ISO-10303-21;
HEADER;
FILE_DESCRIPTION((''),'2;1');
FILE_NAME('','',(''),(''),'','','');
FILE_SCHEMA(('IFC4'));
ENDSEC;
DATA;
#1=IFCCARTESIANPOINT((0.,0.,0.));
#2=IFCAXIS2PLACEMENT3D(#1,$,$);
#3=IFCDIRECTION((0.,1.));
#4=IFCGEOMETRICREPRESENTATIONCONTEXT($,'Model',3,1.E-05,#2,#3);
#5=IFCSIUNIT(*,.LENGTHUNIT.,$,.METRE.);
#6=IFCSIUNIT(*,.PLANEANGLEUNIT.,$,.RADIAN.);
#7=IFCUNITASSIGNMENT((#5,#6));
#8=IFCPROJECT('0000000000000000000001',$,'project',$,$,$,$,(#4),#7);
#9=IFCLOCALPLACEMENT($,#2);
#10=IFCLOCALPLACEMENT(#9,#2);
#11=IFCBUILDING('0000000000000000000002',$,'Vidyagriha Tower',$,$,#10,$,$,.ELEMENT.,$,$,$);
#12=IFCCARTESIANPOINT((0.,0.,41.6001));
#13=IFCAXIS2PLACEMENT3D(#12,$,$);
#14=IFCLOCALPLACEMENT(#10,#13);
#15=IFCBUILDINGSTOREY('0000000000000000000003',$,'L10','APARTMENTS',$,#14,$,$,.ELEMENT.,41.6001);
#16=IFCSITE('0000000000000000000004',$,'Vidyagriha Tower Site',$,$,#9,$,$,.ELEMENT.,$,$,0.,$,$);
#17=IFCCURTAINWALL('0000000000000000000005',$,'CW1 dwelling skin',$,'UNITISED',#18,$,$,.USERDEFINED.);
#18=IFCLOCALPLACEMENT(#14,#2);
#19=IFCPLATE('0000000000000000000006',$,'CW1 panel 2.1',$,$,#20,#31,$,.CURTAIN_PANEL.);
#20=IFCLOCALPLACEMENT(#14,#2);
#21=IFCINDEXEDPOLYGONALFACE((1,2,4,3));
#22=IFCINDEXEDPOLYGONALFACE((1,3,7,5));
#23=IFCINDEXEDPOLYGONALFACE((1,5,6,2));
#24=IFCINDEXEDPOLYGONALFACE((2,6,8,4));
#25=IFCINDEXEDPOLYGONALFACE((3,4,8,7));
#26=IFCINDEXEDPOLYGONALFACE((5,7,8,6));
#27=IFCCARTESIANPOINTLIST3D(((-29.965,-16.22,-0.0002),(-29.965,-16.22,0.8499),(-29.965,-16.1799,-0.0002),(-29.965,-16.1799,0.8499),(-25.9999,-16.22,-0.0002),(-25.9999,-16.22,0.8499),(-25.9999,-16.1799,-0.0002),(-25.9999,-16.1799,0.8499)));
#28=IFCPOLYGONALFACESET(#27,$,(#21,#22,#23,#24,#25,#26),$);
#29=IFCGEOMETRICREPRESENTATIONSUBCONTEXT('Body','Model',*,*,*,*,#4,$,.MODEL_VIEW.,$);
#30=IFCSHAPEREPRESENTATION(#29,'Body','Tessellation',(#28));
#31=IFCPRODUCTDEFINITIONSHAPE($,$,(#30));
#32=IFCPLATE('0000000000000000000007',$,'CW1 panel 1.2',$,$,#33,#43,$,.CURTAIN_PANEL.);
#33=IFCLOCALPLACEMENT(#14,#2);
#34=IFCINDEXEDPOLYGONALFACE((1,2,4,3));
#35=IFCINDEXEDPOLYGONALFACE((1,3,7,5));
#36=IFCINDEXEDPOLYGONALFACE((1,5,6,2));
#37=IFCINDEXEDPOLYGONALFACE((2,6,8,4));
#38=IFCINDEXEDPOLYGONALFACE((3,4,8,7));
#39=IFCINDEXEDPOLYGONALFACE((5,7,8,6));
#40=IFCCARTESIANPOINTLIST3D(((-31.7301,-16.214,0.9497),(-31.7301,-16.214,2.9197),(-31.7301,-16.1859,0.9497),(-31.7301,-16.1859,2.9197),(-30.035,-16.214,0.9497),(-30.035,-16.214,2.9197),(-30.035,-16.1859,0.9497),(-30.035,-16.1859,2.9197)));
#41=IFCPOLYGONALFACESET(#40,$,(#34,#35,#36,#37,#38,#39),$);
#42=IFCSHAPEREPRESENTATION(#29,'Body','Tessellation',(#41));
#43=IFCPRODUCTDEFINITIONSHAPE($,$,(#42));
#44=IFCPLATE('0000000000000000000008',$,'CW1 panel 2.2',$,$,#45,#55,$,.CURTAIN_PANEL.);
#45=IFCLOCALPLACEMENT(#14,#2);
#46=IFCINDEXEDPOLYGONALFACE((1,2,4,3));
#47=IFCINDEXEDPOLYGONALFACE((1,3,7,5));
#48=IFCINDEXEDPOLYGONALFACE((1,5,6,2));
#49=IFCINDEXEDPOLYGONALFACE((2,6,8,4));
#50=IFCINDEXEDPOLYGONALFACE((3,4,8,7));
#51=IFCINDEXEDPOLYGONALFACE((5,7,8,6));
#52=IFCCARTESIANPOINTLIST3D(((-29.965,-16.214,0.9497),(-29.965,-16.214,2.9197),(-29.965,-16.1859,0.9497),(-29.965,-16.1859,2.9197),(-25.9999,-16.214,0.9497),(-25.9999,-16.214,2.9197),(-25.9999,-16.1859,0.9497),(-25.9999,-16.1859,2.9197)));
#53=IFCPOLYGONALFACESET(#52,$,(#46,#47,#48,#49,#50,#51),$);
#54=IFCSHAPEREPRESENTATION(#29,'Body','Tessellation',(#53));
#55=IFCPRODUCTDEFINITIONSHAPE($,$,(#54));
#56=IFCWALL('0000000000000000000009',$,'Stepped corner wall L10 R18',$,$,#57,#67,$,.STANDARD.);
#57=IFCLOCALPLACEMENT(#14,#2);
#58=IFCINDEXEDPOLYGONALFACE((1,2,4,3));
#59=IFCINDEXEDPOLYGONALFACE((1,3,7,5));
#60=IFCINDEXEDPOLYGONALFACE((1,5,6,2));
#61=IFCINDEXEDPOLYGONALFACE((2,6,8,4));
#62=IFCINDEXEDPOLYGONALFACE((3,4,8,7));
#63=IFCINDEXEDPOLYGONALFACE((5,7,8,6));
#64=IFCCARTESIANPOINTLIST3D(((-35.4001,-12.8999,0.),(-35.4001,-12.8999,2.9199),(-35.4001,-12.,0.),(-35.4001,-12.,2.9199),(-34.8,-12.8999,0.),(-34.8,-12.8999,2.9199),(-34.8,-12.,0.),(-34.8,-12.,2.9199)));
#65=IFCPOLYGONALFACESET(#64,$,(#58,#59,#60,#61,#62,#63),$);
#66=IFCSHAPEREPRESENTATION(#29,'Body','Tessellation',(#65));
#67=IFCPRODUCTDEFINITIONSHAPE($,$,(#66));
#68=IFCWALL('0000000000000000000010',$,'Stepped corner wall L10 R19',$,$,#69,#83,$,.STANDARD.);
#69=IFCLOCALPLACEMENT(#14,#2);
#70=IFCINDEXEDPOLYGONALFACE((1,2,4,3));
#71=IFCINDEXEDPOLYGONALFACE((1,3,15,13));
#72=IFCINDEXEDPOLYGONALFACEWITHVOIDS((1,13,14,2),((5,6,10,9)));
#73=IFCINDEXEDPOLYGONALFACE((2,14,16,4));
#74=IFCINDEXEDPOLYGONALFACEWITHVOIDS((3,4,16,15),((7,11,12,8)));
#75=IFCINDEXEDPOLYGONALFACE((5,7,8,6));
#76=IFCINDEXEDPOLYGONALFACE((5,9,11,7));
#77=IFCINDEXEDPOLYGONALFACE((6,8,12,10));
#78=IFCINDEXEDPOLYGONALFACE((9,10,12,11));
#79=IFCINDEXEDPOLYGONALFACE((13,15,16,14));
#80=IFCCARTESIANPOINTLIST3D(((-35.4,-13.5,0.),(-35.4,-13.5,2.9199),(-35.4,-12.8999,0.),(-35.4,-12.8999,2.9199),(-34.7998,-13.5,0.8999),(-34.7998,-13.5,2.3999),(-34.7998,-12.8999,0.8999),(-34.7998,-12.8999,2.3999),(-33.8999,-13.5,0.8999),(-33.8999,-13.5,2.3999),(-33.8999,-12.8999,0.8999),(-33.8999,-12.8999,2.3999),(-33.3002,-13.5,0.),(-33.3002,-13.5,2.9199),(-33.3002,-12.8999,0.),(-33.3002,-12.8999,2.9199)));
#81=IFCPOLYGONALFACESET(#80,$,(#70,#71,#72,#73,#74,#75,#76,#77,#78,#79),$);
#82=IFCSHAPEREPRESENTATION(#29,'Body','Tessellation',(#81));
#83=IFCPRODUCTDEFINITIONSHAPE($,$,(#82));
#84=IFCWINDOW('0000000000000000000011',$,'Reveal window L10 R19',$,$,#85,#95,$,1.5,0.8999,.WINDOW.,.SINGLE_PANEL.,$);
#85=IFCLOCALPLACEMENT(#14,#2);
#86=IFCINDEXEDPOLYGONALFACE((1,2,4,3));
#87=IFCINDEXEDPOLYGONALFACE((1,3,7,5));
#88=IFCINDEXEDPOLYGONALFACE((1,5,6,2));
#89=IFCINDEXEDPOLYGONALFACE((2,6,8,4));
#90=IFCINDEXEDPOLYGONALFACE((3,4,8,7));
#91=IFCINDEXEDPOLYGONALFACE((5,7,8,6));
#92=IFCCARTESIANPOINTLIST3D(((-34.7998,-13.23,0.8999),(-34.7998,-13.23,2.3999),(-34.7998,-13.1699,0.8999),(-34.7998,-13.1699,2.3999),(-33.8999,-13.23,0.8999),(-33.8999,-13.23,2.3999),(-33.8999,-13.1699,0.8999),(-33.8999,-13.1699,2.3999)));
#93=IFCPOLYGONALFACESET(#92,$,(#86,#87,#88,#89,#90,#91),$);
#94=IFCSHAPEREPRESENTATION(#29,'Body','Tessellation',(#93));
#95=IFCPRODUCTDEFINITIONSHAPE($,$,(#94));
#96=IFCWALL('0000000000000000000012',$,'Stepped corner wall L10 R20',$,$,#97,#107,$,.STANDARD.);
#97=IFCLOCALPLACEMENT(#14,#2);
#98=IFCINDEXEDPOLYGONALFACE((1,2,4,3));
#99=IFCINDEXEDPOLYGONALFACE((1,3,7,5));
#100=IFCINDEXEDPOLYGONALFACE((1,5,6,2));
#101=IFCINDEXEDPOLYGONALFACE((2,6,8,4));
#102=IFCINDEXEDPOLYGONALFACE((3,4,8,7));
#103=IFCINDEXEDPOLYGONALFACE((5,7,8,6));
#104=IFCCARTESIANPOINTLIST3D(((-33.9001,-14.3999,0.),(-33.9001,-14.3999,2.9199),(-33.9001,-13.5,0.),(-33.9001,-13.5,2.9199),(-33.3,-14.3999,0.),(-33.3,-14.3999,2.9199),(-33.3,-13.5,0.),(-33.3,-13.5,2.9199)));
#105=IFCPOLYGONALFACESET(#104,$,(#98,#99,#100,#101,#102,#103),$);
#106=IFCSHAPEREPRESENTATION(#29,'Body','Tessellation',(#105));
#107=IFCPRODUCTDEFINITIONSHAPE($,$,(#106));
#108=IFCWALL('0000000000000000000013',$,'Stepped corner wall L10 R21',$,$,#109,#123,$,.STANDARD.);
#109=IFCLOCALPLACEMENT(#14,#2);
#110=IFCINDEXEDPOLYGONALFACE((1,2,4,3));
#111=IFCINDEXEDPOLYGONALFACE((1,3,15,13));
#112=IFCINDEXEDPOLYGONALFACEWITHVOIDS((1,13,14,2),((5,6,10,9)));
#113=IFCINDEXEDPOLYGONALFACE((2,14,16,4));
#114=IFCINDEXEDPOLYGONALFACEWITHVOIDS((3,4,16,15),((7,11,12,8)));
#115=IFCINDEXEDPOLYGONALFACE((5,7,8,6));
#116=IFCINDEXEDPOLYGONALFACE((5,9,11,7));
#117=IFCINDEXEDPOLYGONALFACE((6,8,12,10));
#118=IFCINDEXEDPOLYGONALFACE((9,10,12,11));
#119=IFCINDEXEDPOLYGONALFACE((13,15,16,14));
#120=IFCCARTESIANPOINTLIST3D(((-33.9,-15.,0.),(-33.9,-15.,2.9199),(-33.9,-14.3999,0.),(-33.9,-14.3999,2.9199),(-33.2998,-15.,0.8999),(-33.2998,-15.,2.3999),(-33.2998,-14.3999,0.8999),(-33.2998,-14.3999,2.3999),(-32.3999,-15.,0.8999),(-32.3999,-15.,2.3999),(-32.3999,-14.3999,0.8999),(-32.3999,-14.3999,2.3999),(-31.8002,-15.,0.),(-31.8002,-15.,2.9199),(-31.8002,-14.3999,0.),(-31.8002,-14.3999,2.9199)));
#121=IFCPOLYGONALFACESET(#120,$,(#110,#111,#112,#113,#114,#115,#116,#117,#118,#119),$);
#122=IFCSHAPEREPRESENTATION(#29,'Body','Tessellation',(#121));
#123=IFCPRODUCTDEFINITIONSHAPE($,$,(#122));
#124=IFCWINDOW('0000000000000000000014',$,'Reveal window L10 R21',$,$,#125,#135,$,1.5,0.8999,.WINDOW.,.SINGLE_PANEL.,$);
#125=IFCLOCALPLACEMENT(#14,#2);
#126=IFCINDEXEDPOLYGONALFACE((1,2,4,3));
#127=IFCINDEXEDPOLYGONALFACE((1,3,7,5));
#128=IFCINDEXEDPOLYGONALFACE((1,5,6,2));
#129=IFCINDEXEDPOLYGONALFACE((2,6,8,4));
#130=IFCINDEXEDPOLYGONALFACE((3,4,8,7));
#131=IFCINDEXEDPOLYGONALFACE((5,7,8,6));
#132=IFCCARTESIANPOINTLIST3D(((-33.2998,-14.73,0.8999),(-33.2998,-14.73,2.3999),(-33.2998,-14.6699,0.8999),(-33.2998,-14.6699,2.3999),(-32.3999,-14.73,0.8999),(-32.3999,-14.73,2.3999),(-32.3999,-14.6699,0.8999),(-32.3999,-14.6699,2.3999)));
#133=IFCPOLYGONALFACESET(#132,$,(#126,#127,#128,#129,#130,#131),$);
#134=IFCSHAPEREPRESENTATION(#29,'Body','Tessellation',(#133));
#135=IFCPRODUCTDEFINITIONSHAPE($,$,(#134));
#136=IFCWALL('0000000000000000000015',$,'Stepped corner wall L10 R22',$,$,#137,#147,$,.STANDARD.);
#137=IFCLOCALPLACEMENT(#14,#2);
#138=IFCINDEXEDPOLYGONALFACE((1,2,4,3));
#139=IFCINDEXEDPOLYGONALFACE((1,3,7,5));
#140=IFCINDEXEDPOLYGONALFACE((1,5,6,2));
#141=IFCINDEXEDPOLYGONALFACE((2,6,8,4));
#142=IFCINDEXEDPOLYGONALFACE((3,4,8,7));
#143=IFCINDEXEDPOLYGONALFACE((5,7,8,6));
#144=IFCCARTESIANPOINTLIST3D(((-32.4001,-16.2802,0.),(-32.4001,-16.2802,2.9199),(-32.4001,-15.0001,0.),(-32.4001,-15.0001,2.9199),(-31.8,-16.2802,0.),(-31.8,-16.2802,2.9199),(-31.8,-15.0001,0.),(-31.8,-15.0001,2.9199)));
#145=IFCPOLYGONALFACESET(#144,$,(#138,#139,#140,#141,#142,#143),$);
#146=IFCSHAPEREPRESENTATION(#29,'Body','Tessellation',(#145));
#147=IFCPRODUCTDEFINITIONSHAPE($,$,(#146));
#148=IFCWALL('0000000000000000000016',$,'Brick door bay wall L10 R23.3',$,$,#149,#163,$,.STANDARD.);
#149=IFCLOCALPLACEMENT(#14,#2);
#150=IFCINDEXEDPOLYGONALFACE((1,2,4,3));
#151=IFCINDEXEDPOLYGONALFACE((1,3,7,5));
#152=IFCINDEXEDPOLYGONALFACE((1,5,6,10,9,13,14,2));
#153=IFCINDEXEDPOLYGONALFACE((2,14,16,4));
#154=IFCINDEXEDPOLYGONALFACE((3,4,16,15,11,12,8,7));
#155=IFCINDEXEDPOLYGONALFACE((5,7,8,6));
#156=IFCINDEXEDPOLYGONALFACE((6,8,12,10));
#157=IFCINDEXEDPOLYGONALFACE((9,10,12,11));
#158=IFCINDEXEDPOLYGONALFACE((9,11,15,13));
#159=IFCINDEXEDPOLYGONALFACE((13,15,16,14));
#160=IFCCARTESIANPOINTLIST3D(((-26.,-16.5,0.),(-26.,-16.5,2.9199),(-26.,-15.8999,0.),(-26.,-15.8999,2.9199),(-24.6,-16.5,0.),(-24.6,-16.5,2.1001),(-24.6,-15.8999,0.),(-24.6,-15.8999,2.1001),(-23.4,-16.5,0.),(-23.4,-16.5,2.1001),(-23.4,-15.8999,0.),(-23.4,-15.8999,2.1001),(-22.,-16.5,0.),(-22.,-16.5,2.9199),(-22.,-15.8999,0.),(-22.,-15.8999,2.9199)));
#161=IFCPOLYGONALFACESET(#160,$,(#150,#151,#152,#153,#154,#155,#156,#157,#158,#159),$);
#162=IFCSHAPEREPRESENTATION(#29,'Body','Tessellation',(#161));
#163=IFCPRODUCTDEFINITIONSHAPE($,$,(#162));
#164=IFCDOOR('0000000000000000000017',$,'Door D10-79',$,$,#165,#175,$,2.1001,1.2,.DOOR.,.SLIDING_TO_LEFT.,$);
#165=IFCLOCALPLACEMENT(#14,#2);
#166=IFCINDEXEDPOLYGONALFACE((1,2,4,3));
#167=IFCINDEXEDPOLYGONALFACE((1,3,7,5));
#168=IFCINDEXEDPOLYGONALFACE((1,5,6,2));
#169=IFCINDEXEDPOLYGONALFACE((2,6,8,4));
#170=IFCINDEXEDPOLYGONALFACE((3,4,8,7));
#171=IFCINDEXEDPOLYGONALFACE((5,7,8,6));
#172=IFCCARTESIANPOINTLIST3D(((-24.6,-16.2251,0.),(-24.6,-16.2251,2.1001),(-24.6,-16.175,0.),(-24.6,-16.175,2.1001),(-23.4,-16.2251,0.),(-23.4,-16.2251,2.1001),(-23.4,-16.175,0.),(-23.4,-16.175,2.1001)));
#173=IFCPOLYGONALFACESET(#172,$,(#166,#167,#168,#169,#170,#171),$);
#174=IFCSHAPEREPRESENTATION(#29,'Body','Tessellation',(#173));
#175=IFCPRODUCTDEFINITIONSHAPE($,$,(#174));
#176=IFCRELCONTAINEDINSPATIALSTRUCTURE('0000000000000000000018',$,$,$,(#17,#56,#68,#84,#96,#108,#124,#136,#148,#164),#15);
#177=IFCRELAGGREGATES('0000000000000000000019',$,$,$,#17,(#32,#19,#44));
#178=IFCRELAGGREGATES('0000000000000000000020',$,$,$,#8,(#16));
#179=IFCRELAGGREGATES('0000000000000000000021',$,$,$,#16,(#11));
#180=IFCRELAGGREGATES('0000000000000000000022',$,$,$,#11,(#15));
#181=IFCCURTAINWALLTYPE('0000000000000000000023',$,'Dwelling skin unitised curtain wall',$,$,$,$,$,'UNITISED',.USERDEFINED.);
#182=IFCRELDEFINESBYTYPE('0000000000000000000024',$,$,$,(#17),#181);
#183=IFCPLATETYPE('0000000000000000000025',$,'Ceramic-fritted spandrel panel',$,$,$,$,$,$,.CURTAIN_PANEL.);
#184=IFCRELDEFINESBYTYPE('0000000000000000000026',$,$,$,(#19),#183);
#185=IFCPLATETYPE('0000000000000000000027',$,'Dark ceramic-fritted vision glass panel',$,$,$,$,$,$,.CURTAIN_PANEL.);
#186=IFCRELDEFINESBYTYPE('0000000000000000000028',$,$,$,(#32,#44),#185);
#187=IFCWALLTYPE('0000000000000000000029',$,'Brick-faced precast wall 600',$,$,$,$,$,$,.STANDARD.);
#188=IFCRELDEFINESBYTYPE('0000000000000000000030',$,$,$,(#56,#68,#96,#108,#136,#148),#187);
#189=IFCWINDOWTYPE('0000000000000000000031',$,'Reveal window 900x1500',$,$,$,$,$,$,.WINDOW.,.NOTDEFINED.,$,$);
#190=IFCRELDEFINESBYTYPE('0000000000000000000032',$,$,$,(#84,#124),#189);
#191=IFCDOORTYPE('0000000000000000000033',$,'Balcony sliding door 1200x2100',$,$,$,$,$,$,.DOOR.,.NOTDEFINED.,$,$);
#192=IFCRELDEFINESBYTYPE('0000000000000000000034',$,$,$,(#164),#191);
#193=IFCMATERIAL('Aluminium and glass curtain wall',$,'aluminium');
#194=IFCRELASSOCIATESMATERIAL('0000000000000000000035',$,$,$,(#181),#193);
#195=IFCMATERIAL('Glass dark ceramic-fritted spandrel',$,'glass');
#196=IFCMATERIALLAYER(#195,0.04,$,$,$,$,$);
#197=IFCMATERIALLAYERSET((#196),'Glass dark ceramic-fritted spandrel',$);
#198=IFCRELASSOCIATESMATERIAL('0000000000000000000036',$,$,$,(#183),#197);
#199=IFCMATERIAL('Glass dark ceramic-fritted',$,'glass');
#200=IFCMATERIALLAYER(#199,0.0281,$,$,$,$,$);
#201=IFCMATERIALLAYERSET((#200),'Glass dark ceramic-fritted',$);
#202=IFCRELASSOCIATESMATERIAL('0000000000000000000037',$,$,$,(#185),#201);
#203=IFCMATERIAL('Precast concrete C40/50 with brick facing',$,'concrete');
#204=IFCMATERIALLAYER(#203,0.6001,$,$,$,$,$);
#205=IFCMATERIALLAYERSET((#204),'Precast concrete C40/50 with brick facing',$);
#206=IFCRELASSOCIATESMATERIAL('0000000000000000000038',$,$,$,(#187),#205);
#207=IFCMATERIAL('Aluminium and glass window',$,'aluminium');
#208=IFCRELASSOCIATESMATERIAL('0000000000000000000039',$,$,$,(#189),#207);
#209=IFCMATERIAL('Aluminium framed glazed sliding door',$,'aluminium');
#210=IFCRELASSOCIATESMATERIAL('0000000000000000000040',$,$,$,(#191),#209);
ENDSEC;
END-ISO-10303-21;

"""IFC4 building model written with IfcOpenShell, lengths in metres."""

from ifc_helpers import new_model, si_unit, direction, frame, frame_2d, origin, origin_2d, place, context, subcontext, project, spatial, rectangle, extrude, material, layer, layer_set, type_object, element, fill, aggregate, save


model = new_model("IFC4")

# Units and contexts
model_context = context("Model", 3, precision=1e-05, world=origin(), true_north=direction((0.0, 1.0)))
body_context = subcontext(model_context, "Body", "Model", "MODEL_VIEW")
ifc_project = project(units=[si_unit("LENGTHUNIT", "METRE"), si_unit("PLANEANGLEUNIT", "RADIAN")], contexts=[model_context])

# Site, building, storey
site_placement = place(None, origin())
site = spatial("IfcSite", under=ifc_project, at=site_placement, Name="Vidyagriha Tower Site", CompositionType="ELEMENT", RefElevation=0.0)
building_placement = place(site_placement, origin())
building = spatial("IfcBuilding", under=site, at=building_placement, Name="Vidyagriha Tower", CompositionType="ELEMENT")
storey_placement = place(building_placement, frame((0.0, 0.0, 41.6001)))
storey = spatial("IfcBuildingStorey", under=building, at=storey_placement, Name="L10", Description="APARTMENTS", CompositionType="ELEMENT", Elevation=41.6001)

# Curtain wall, plates
ifc_material_1 = material(Name="Aluminium and glass curtain wall", Category="aluminium")
curtain_wall_type = type_object("IfcCurtainWallType", Name="Dwelling skin unitised curtain wall", ElementType="UNITISED", PredefinedType="USERDEFINED", material=ifc_material_1)
curtain_wall_placement = place(storey_placement, origin())
curtain_wall = element("IfcCurtainWall", 1, at=curtain_wall_placement, inside=storey, type_object=curtain_wall_type, Name="CW1 dwelling skin", ObjectType="UNITISED", PredefinedType="USERDEFINED")
ifc_material_2 = material(Name="Glass dark ceramic-fritted spandrel", Category="glass")
ifc_layer_1 = layer(ifc_material_2, 0.04)
ifc_layer_set_1 = layer_set([ifc_layer_1], Name="Glass dark ceramic-fritted spandrel")
plate_type_1 = type_object("IfcPlateType", Name="Ceramic-fritted spandrel panel", PredefinedType="CURTAIN_PANEL", material=ifc_layer_set_1)
plate_1_placement = place(storey_placement, frame((-27.9824, -16.2, -0.0002)))
plate_1 = element("IfcPlate", 2, at=plate_1_placement, type_object=plate_type_1, Name="CW1 panel 2.1", PredefinedType="CURTAIN_PANEL", context=body_context, shape_type="SweptSolid", body=[
    extrude(rectangle(XDim=3.9651, YDim=0.04, at=origin_2d()), origin(), (0.0, 0.0, 1.0), 0.8501),
])
ifc_material_3 = material(Name="Glass dark ceramic-fritted", Category="glass")
ifc_layer_2 = layer(ifc_material_3, 0.0281)
ifc_layer_set_2 = layer_set([ifc_layer_2], Name="Glass dark ceramic-fritted")
plate_type_2 = type_object("IfcPlateType", Name="Dark ceramic-fritted vision glass panel", PredefinedType="CURTAIN_PANEL", material=ifc_layer_set_2)
plate_2_placement = place(storey_placement, frame((-30.8826, -16.2, 0.9497)))
plate_2 = element("IfcPlate", 3, at=plate_2_placement, type_object=plate_type_2, Name="CW1 panel 1.2", PredefinedType="CURTAIN_PANEL", context=body_context, shape_type="SweptSolid", body=[
    extrude(rectangle(XDim=1.6951, YDim=0.0281, at=origin_2d()), origin(), (0.0, 0.0, 1.0), 1.97),
])
plate_3_placement = place(storey_placement, frame((-27.9824, -16.2, 0.9497)))
plate_3 = element("IfcPlate", 4, at=plate_3_placement, type_object=plate_type_2, Name="CW1 panel 2.2", PredefinedType="CURTAIN_PANEL", context=body_context, shape_type="SweptSolid", body=[
    extrude(rectangle(XDim=3.9651, YDim=0.0281, at=origin_2d()), origin(), (0.0, 0.0, 1.0), 1.97),
])
aggregate(curtain_wall, [plate_2, plate_1, plate_3])

# Wall
ifc_material_4 = material(Name="Precast concrete C40/50 with brick facing", Category="concrete")
ifc_layer_3 = layer(ifc_material_4, 0.6001)
ifc_layer_set_3 = layer_set([ifc_layer_3], Name="Precast concrete C40/50 with brick facing")
wall_type = type_object("IfcWallType", Name="Brick-faced precast wall 600", PredefinedType="STANDARD", material=ifc_layer_set_3)
wall_1_placement = place(storey_placement, frame((-35.1001, -12.0, 0.0), z_axis=(0.0, 0.0, 1.0), x_axis=(0.0, -1.0, 0.0)))
element("IfcWall", 5, at=wall_1_placement, inside=storey, type_object=wall_type, Name="Stepped corner wall L10 R18", PredefinedType="STANDARD", context=body_context, shape_type="SweptSolid", body=[
    extrude(rectangle(XDim=0.8999, YDim=0.6001, at=frame_2d((0.45, 0.0))), origin(), (0.0, 0.0, 1.0), 2.9199),
])

# Wall, opening, window
wall_2_placement = place(storey_placement, frame((-35.3999, -13.2, 0.0)))
wall_2 = element("IfcWall", 6, at=wall_2_placement, inside=storey, type_object=wall_type, Name="Stepped corner wall L10 R19", PredefinedType="STANDARD", context=body_context, shape_type="SweptSolid", body=[
    extrude(rectangle(XDim=2.0999, YDim=0.6001, at=frame_2d((1.0498, 0.0))), origin(), (0.0, 0.0, 1.0), 2.9199),
])
opening_1_placement = place(wall_2_placement, frame((0.6001, 0.0, 0.8999)))
opening_1 = element("IfcOpeningElement", 7, at=opening_1_placement, cuts=wall_2, PredefinedType="OPENING", context=body_context, shape_type="SweptSolid", body=[
    extrude(rectangle(XDim=0.8999, YDim=1.5, at=frame_2d((0.45, 0.75))), frame((0.0, 0.3101, 0.0), z_axis=(0.0, -1.0, 0.0), x_axis=(1.0, 0.0, 0.0)), (0.0, 0.0, 1.0), 0.6201),
])
ifc_material_5 = material(Name="Aluminium and glass window", Category="aluminium")
window_type = type_object("IfcWindowType", Name="Reveal window 900x1500", PartitioningType="NOTDEFINED", PredefinedType="WINDOW", material=ifc_material_5)
window_1_placement = place(opening_1_placement, origin())
window_1 = element("IfcWindow", 8, at=window_1_placement, inside=storey, type_object=window_type, Name="Reveal window L10 R19", OverallHeight=1.5, OverallWidth=0.8999, PartitioningType="SINGLE_PANEL", PredefinedType="WINDOW", context=body_context, shape_type="SweptSolid", body=[
    extrude(rectangle(XDim=0.8999, YDim=1.5, at=frame_2d((0.45, 0.75))), frame((0.0, 0.03, 0.0), z_axis=(0.0, -1.0, 0.0), x_axis=(1.0, 0.0, 0.0)), (0.0, 0.0, 1.0), 0.0601),
])
fill(opening_1, window_1)

# Wall
wall_3_placement = place(storey_placement, frame((-33.6001, -13.5, 0.0), z_axis=(0.0, 0.0, 1.0), x_axis=(0.0, -1.0, 0.0)))
element("IfcWall", 9, at=wall_3_placement, inside=storey, type_object=wall_type, Name="Stepped corner wall L10 R20", PredefinedType="STANDARD", context=body_context, shape_type="SweptSolid", body=[
    extrude(rectangle(XDim=0.8999, YDim=0.6001, at=frame_2d((0.45, 0.0))), origin(), (0.0, 0.0, 1.0), 2.9199),
])

# Wall, opening, window
wall_4_placement = place(storey_placement, frame((-33.8999, -14.7, 0.0)))
wall_4 = element("IfcWall", 10, at=wall_4_placement, inside=storey, type_object=wall_type, Name="Stepped corner wall L10 R21", PredefinedType="STANDARD", context=body_context, shape_type="SweptSolid", body=[
    extrude(rectangle(XDim=2.0999, YDim=0.6001, at=frame_2d((1.0498, 0.0))), origin(), (0.0, 0.0, 1.0), 2.9199),
])
opening_2_placement = place(wall_4_placement, frame((0.6001, 0.0, 0.8999)))
opening_2 = element("IfcOpeningElement", 11, at=opening_2_placement, cuts=wall_4, PredefinedType="OPENING", context=body_context, shape_type="SweptSolid", body=[
    extrude(rectangle(XDim=0.8999, YDim=1.5, at=frame_2d((0.45, 0.75))), frame((0.0, 0.3101, 0.0), z_axis=(0.0, -1.0, 0.0), x_axis=(1.0, 0.0, 0.0)), (0.0, 0.0, 1.0), 0.6201),
])
window_2_placement = place(opening_2_placement, origin())
window_2 = element("IfcWindow", 12, at=window_2_placement, inside=storey, type_object=window_type, Name="Reveal window L10 R21", OverallHeight=1.5, OverallWidth=0.8999, PartitioningType="SINGLE_PANEL", PredefinedType="WINDOW", context=body_context, shape_type="SweptSolid", body=[
    extrude(rectangle(XDim=0.8999, YDim=1.5, at=frame_2d((0.45, 0.75))), frame((0.0, 0.03, 0.0), z_axis=(0.0, -1.0, 0.0), x_axis=(1.0, 0.0, 0.0)), (0.0, 0.0, 1.0), 0.0601),
])
fill(opening_2, window_2)

# Wall
wall_5_placement = place(storey_placement, frame((-32.1001, -15.0, 0.0), z_axis=(0.0, 0.0, 1.0), x_axis=(0.0, -1.0, 0.0)))
element("IfcWall", 13, at=wall_5_placement, inside=storey, type_object=wall_type, Name="Stepped corner wall L10 R22", PredefinedType="STANDARD", context=body_context, shape_type="SweptSolid", body=[
    extrude(rectangle(XDim=1.28, YDim=0.6001, at=frame_2d((0.6401, 0.0))), origin(), (0.0, 0.0, 1.0), 2.9199),
])

# Wall, opening, door
wall_6_placement = place(storey_placement, frame((-26.0, -16.2, 0.0)))
wall_6 = element("IfcWall", 14, at=wall_6_placement, inside=storey, type_object=wall_type, Name="Brick door bay wall L10 R23.3", PredefinedType="STANDARD", context=body_context, shape_type="SweptSolid", body=[
    extrude(rectangle(XDim=4.0, YDim=0.6001, at=frame_2d((2.0, 0.0))), origin(), (0.0, 0.0, 1.0), 2.9199),
])
opening_3_placement = place(wall_6_placement, frame((1.3999, 0.0, 0.0)))
opening_3 = element("IfcOpeningElement", 15, at=opening_3_placement, cuts=wall_6, PredefinedType="OPENING", context=body_context, shape_type="SweptSolid", body=[
    extrude(rectangle(XDim=1.2, YDim=2.1001, at=frame_2d((0.6001, 1.05))), frame((0.0, 0.3101, 0.0), z_axis=(0.0, -1.0, 0.0), x_axis=(1.0, 0.0, 0.0)), (0.0, 0.0, 1.0), 0.6201),
])
ifc_material_6 = material(Name="Aluminium framed glazed sliding door", Category="aluminium")
door_type = type_object("IfcDoorType", Name="Balcony sliding door 1200x2100", OperationType="NOTDEFINED", PredefinedType="DOOR", material=ifc_material_6)
door_placement = place(opening_3_placement, origin())
door = element("IfcDoor", 16, at=door_placement, inside=storey, type_object=door_type, Name="Door D10-79", OperationType="SLIDING_TO_LEFT", OverallHeight=2.1001, OverallWidth=1.2, PredefinedType="DOOR", context=body_context, shape_type="SweptSolid", body=[
    extrude(rectangle(XDim=1.2, YDim=2.1001, at=frame_2d((0.6001, 1.05))), frame((0.0, 0.0249, 0.0), z_axis=(0.0, -1.0, 0.0), x_axis=(1.0, 0.0, 0.0)), (0.0, 0.0, 1.0), 0.05),
])
fill(opening_3, door)

save(model, "model.ifc")
